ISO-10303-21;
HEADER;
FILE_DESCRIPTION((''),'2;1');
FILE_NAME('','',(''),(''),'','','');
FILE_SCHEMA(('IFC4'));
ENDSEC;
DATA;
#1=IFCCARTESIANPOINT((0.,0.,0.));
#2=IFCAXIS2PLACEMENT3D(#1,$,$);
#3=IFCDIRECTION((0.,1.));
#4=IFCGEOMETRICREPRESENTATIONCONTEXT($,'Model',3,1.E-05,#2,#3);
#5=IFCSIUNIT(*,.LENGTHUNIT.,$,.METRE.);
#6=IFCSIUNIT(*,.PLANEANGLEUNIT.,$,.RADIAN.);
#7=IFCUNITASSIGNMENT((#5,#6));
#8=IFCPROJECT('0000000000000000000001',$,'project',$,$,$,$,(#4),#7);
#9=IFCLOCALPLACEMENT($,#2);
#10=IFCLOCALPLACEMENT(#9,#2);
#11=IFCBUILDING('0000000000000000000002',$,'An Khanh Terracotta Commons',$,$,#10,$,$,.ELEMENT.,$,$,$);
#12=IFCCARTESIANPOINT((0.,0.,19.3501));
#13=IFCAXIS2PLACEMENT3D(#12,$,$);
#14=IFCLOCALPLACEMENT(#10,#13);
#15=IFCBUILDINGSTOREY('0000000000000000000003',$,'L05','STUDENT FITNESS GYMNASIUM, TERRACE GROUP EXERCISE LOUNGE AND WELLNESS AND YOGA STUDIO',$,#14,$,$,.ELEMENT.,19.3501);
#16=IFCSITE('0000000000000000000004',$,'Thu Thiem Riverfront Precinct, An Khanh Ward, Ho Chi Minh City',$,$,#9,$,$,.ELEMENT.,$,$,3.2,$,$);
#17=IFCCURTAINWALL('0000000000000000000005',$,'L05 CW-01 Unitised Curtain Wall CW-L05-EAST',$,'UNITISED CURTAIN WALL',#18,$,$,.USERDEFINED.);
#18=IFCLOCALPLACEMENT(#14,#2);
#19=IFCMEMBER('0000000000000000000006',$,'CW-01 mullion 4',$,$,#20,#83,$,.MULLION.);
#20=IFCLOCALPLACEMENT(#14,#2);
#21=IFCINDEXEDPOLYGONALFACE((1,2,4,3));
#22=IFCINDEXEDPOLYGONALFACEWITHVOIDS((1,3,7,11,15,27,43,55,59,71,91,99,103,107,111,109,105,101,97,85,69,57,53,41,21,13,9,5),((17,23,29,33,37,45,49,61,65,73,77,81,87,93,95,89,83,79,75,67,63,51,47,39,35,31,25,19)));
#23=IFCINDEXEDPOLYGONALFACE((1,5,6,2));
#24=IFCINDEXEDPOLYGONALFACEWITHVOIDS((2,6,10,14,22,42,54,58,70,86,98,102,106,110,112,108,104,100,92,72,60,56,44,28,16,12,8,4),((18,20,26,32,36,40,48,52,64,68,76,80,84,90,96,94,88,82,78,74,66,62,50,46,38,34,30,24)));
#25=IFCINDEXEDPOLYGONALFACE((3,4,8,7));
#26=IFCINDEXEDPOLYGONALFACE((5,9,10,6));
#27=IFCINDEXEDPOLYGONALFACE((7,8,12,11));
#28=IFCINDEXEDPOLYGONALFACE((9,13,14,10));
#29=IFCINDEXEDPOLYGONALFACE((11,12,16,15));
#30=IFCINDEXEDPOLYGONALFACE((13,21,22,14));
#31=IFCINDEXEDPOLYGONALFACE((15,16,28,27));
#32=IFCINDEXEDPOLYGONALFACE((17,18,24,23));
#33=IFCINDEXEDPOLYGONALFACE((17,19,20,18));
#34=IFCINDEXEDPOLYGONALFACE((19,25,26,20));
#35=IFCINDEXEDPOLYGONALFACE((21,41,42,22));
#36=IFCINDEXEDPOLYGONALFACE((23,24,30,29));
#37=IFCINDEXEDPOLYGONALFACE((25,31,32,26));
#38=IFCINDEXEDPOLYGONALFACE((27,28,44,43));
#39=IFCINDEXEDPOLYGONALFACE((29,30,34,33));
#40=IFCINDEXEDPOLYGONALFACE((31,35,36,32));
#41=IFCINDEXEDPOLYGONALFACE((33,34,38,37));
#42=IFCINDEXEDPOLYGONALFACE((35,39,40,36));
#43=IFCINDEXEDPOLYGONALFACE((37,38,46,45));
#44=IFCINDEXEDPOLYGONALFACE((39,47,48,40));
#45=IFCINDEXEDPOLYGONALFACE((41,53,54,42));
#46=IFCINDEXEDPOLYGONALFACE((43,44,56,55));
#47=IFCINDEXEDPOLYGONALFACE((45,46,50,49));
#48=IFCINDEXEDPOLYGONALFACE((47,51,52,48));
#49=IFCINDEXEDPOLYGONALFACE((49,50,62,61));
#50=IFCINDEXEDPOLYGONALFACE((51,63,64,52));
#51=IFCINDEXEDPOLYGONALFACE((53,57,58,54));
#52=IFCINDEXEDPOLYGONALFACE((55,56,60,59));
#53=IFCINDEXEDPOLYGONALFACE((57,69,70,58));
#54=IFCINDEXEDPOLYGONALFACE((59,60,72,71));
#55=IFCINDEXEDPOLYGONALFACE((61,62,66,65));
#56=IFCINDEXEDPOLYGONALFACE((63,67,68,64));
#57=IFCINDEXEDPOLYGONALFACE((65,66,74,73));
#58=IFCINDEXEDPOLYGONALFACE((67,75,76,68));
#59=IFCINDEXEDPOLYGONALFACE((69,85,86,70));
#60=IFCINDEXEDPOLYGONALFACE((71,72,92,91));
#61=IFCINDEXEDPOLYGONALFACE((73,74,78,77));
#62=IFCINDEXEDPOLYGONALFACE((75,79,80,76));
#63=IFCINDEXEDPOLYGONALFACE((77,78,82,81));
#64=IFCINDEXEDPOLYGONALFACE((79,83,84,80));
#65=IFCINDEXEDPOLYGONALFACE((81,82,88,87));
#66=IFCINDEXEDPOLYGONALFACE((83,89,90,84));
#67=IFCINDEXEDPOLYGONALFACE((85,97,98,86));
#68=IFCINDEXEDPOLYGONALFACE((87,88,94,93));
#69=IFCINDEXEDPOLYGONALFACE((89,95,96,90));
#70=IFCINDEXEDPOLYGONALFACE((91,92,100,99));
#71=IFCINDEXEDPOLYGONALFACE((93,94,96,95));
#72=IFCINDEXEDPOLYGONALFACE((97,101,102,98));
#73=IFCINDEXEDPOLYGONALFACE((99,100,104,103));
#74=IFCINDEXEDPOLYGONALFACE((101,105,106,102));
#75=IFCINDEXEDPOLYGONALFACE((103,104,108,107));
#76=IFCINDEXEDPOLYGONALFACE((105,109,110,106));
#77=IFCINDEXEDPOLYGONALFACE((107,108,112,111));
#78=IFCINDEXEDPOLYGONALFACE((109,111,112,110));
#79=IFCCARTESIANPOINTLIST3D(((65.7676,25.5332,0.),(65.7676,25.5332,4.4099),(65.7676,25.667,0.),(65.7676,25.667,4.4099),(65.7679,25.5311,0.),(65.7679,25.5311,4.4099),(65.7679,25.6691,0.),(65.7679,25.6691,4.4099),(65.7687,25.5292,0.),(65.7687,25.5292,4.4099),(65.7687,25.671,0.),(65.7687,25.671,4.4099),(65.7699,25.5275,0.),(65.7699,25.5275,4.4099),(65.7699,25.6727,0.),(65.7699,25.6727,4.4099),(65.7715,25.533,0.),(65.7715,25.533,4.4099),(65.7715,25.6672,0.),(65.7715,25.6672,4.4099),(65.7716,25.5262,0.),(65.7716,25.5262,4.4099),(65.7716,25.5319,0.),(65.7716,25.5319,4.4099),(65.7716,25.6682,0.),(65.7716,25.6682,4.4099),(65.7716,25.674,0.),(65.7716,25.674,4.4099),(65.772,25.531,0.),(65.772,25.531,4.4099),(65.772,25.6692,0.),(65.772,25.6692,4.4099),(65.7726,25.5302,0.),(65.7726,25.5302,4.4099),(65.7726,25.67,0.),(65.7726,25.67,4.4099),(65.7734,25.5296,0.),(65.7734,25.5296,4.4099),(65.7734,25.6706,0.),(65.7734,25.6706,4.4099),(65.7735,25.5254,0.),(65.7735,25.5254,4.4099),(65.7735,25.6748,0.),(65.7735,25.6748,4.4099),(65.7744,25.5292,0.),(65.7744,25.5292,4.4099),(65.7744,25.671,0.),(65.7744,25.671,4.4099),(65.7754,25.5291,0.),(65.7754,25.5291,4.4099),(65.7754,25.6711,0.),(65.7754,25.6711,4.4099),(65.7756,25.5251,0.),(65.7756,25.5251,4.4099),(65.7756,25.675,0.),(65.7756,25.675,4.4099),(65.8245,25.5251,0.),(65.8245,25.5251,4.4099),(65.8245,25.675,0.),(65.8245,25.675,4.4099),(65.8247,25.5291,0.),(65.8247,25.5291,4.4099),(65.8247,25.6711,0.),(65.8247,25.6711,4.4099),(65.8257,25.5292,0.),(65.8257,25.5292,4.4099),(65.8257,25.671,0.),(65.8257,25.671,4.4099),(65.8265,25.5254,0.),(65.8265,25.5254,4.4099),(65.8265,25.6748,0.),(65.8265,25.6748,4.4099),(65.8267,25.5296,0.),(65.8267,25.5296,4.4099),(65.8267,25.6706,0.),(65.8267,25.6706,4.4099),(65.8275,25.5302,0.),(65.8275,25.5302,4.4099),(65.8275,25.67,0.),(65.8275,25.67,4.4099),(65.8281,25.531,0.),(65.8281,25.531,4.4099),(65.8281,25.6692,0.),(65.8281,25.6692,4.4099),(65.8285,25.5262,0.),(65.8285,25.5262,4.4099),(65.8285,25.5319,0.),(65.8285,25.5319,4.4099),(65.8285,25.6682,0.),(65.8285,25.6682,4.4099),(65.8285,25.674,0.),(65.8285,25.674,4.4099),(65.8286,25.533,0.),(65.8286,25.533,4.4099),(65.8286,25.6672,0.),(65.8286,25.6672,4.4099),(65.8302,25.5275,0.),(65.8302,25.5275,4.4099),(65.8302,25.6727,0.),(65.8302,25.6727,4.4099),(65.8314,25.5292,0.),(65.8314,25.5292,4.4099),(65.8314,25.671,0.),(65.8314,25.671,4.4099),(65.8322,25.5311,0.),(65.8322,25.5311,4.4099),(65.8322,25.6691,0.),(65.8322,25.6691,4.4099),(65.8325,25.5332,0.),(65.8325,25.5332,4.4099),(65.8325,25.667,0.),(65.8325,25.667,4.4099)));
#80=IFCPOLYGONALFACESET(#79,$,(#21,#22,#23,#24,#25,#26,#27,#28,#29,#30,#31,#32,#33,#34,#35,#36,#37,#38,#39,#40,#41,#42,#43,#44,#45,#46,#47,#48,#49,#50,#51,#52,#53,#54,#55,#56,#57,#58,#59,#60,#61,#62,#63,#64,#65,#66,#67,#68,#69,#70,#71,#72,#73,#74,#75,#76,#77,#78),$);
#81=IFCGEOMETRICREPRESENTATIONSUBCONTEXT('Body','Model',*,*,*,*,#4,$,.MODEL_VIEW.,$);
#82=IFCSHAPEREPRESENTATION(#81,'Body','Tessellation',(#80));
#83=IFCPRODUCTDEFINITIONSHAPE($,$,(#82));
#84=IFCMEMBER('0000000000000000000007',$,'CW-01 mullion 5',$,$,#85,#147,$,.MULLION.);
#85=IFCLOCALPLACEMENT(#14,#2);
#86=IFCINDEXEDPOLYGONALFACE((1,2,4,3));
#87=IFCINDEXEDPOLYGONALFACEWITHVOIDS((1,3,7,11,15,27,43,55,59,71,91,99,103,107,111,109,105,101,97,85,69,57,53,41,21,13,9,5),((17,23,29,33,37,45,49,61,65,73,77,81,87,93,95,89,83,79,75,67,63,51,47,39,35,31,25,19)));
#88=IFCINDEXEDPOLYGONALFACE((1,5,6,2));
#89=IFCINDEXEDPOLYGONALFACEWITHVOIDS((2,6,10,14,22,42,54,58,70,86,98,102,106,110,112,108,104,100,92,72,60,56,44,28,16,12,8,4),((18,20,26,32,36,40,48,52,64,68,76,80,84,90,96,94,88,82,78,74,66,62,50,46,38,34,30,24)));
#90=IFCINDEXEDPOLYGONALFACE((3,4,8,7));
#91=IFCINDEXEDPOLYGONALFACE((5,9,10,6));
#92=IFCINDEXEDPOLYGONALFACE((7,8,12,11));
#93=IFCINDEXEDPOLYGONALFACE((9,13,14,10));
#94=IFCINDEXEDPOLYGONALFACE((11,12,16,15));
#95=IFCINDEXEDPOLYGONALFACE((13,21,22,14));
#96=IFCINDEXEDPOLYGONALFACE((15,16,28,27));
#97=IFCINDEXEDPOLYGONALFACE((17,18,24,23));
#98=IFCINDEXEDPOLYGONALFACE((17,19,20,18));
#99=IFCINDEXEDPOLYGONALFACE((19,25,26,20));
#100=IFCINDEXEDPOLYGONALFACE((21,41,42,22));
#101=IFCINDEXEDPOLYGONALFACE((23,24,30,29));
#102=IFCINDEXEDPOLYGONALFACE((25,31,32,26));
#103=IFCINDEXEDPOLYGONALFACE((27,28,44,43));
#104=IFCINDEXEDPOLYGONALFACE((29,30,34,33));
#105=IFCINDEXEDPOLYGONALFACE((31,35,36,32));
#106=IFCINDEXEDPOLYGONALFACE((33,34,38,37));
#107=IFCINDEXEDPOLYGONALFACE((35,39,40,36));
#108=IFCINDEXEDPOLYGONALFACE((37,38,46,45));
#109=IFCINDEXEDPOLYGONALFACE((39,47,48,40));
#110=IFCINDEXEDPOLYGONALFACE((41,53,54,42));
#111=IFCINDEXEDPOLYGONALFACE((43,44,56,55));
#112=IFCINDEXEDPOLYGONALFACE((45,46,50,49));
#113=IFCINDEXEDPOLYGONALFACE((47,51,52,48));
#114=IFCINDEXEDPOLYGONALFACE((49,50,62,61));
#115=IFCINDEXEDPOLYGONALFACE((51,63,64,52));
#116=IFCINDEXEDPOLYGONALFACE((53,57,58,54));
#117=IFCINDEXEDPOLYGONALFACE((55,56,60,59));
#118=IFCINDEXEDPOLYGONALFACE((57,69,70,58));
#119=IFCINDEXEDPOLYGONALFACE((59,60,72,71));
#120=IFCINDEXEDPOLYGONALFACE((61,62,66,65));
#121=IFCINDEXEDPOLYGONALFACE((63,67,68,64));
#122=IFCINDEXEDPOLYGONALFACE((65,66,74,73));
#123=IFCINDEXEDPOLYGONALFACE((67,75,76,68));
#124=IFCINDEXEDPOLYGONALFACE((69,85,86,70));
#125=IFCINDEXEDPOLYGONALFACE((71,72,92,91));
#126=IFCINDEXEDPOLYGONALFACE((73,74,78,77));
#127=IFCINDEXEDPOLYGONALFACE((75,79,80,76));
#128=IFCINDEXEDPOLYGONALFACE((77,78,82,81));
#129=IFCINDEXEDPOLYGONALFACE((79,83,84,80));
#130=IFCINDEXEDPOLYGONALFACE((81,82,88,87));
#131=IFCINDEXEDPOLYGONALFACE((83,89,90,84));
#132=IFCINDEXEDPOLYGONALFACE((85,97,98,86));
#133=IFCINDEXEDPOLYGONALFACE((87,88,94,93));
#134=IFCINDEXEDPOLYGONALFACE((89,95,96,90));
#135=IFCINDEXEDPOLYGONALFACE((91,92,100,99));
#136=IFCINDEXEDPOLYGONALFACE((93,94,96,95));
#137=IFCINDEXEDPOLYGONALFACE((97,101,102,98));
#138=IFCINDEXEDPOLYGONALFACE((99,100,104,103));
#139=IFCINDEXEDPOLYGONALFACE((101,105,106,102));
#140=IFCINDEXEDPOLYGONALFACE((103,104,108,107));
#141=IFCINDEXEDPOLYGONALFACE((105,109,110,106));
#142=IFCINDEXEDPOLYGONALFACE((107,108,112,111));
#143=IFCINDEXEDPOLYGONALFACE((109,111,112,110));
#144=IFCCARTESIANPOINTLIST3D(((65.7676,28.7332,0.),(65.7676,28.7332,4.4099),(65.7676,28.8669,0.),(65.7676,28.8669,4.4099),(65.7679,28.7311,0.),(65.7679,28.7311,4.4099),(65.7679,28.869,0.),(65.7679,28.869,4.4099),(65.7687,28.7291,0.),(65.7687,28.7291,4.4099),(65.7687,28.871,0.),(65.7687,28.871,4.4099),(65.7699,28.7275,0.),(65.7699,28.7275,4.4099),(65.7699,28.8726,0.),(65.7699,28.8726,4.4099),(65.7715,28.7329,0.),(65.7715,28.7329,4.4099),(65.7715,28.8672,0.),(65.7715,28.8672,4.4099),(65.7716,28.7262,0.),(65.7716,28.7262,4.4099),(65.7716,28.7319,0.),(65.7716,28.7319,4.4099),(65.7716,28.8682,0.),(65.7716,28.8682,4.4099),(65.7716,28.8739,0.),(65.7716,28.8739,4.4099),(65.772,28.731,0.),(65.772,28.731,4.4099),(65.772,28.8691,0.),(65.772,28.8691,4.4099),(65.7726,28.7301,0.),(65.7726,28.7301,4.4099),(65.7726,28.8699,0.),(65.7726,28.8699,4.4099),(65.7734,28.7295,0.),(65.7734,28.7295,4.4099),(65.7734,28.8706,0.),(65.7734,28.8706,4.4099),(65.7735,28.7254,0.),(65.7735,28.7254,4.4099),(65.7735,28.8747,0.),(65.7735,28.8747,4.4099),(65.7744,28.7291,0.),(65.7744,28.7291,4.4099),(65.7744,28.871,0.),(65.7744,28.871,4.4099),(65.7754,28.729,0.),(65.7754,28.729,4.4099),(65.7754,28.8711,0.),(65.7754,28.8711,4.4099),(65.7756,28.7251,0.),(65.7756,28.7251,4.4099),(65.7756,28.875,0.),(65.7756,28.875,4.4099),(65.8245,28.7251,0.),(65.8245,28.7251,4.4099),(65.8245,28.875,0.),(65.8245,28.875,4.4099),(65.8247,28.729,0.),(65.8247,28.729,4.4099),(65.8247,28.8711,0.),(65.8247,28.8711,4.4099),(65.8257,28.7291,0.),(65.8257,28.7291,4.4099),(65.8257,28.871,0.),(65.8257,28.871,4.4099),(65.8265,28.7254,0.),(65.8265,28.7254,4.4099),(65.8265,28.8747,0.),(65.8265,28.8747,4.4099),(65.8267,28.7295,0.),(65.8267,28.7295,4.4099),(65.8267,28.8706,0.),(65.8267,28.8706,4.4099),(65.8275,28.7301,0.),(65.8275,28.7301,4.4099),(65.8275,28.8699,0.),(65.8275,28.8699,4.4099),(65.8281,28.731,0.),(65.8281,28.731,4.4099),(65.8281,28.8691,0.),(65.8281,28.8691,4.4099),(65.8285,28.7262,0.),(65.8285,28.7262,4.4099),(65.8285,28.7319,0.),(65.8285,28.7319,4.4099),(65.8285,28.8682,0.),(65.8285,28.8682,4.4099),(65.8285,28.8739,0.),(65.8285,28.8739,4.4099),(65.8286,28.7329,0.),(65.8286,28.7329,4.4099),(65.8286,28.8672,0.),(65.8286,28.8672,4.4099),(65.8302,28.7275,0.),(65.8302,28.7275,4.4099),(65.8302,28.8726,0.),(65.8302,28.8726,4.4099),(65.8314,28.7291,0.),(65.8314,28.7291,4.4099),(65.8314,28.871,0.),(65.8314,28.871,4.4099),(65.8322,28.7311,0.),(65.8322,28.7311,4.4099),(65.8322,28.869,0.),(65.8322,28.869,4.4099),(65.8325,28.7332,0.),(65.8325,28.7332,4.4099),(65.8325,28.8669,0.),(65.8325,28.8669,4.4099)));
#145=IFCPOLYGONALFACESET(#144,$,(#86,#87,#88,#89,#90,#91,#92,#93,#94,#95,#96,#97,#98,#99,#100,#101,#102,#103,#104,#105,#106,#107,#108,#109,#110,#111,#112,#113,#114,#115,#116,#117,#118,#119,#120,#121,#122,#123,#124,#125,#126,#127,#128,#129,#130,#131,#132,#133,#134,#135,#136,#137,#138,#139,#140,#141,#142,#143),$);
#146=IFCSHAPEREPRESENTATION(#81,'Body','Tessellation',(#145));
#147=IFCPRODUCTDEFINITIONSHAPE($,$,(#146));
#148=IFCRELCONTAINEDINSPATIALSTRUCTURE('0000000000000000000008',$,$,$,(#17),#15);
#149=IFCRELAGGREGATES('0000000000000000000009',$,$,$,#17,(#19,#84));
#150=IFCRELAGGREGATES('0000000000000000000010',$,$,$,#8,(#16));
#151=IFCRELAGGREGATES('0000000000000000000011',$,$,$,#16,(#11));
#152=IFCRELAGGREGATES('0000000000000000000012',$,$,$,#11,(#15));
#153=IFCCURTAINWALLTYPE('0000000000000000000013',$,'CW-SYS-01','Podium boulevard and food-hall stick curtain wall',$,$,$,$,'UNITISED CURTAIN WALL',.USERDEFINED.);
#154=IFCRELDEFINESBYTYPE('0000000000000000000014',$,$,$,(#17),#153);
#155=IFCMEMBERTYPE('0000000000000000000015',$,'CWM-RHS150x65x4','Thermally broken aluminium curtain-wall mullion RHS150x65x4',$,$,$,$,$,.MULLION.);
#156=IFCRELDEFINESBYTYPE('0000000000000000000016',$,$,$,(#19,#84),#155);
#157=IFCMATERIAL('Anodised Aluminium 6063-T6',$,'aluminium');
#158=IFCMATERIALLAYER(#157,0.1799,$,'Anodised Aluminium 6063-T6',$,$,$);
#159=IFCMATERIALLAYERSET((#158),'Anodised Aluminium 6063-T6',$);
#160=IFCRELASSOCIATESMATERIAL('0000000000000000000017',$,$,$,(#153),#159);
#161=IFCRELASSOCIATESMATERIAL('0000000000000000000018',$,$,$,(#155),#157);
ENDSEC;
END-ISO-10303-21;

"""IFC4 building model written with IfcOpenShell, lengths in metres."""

from ifc_helpers import new_model, si_unit, direction, frame, origin, origin_2d, place, context, subcontext, project, spatial, hollow_rectangle, extrude, material, layer, layer_set, material_profile, profile_set, type_object, element, aggregate, save


model = new_model("IFC4")

# Units and contexts
model_context = context("Model", 3, precision=1e-05, world=origin(), true_north=direction((0.0, 1.0)))
body_context = subcontext(model_context, "Body", "Model", "MODEL_VIEW")
ifc_project = project(units=[si_unit("LENGTHUNIT", "METRE"), si_unit("PLANEANGLEUNIT", "RADIAN")], contexts=[model_context])

# Site, building, storey
site_placement = place(None, origin())
site = spatial("IfcSite", under=ifc_project, at=site_placement, Name="Thu Thiem Riverfront Precinct, An Khanh Ward, Ho Chi Minh City", CompositionType="ELEMENT", RefElevation=3.2)
building_placement = place(site_placement, origin())
building = spatial("IfcBuilding", under=site, at=building_placement, Name="An Khanh Terracotta Commons", CompositionType="ELEMENT")
storey_placement = place(building_placement, frame((0.0, 0.0, 19.3501)))
storey = spatial("IfcBuildingStorey", under=building, at=storey_placement, Name="L05", Description="STUDENT FITNESS GYMNASIUM, TERRACE GROUP EXERCISE LOUNGE AND WELLNESS AND YOGA STUDIO", CompositionType="ELEMENT", Elevation=19.3501)

# Curtain wall, members
ifc_material_1 = material(Name="Anodised Aluminium 6063-T6", Category="aluminium")
ifc_layer_1 = layer(ifc_material_1, 0.1799, Name="Anodised Aluminium 6063-T6")
ifc_layer_set_1 = layer_set([ifc_layer_1], Name="Anodised Aluminium 6063-T6")
curtain_wall_type = type_object("IfcCurtainWallType", Name="CW-SYS-01", Description="Podium boulevard and food-hall stick curtain wall", ElementType="UNITISED CURTAIN WALL", PredefinedType="USERDEFINED", material=ifc_layer_set_1)
curtain_wall_placement = place(storey_placement, origin())
curtain_wall = element("IfcCurtainWall", 1, at=curtain_wall_placement, inside=storey, type_object=curtain_wall_type, Name="L05 CW-01 Unitised Curtain Wall CW-L05-EAST", ObjectType="UNITISED CURTAIN WALL", PredefinedType="USERDEFINED")
ifc_material_profile_1 = material_profile(ifc_material_1, hollow_rectangle(XDim=0.0649, YDim=0.1499, WallThickness=0.0039, InnerFilletRadius=0.0039, OuterFilletRadius=0.0081, at=origin_2d()), Name="RHS150x65x4")
ifc_profile_set_1 = profile_set([ifc_material_profile_1], Name="Anodised Aluminium 6063-T6")
member_type_1 = type_object("IfcMemberType", Name="CWM-RHS150x65x4", Description="Thermally broken aluminium curtain-wall mullion RHS150x65x4", PredefinedType="MULLION", material=ifc_profile_set_1)
member_1_placement = place(storey_placement, frame((65.8, 25.6001, 0.0), z_axis=(0.0, 0.0, 1.0), x_axis=(-1.0, 0.0, 0.0)))
member_1 = element("IfcMember", 2, at=member_1_placement, type_object=member_type_1, Name="CW-01 mullion 4", PredefinedType="MULLION", context=body_context, shape_type="SweptSolid", body=[
    extrude(hollow_rectangle(XDim=0.0649, YDim=0.1499, WallThickness=0.0039, InnerFilletRadius=0.0039, OuterFilletRadius=0.0081, at=origin_2d()), origin(), (0.0, 0.0, 1.0), 4.4099),
])
member_2_placement = place(storey_placement, frame((65.8, 28.8, 0.0), z_axis=(0.0, 0.0, 1.0), x_axis=(-1.0, 0.0, 0.0)))
member_2 = element("IfcMember", 3, at=member_2_placement, type_object=member_type_1, Name="CW-01 mullion 5", PredefinedType="MULLION", context=body_context, shape_type="SweptSolid", body=[
    extrude(hollow_rectangle(XDim=0.0649, YDim=0.1499, WallThickness=0.0039, InnerFilletRadius=0.0039, OuterFilletRadius=0.0081, at=origin_2d()), origin(), (0.0, 0.0, 1.0), 4.4099),
])
aggregate(curtain_wall, [member_1, member_2])

save(model, "model.ifc")
